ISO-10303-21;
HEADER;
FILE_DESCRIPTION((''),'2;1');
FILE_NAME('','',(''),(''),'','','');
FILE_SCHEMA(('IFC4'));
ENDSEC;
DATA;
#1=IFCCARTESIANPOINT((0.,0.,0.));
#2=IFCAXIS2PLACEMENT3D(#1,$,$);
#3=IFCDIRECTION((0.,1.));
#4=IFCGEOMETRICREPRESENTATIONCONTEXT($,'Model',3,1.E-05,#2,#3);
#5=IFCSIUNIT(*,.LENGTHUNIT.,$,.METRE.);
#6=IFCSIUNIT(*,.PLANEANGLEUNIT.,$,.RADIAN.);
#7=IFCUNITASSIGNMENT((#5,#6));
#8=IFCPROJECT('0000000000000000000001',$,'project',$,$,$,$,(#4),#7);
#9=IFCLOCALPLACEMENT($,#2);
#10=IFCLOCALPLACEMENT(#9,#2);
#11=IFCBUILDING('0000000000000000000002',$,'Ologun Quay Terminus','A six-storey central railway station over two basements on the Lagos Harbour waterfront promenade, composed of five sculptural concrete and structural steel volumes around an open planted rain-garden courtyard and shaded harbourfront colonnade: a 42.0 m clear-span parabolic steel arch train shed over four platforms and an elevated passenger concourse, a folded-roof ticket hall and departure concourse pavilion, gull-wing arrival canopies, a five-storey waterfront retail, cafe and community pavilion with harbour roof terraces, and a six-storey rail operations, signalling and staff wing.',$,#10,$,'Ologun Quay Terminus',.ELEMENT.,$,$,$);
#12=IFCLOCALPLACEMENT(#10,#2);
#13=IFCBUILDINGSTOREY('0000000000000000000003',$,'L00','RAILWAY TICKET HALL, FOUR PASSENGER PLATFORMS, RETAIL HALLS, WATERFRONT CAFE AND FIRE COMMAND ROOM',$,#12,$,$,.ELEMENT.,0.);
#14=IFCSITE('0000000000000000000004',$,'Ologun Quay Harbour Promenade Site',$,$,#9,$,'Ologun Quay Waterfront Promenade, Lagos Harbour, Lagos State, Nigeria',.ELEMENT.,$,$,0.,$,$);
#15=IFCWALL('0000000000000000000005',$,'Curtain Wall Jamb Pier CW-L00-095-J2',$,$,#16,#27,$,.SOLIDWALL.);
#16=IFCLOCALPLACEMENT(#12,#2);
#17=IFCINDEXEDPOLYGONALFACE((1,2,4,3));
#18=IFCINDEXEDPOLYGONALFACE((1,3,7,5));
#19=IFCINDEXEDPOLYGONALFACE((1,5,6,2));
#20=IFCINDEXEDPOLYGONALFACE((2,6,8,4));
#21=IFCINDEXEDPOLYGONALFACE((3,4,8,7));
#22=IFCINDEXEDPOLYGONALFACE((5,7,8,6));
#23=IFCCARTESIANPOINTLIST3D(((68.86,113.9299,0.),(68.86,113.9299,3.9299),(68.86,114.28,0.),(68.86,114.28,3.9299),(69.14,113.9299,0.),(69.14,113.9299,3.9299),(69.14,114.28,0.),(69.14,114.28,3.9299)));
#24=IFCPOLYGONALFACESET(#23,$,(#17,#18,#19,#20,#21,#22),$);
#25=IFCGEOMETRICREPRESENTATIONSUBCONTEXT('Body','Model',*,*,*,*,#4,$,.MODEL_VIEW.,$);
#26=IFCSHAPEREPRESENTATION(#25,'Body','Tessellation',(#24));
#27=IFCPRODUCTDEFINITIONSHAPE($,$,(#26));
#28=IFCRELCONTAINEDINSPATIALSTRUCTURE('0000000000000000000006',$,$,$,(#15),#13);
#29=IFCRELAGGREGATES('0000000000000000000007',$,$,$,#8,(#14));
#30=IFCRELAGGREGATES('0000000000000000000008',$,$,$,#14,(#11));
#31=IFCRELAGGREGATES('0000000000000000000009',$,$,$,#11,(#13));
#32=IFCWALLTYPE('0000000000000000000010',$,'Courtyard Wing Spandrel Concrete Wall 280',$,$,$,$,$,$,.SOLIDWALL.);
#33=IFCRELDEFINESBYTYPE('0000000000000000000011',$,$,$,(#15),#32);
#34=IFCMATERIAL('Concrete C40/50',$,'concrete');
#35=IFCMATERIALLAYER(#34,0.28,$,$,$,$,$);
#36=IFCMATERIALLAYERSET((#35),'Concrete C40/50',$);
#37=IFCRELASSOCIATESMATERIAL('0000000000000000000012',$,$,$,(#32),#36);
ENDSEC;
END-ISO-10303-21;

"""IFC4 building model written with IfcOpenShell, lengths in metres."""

from ifc_helpers import new_model, si_unit, direction, frame, frame_2d, origin, place, context, subcontext, project, spatial, rectangle, extrude, material, layer, layer_set, type_object, element, save


model = new_model("IFC4")

# Units and contexts
model_context = context("Model", 3, precision=1e-05, world=origin(), true_north=direction((0.0, 1.0)))
body_context = subcontext(model_context, "Body", "Model", "MODEL_VIEW")
ifc_project = project(units=[si_unit("LENGTHUNIT", "METRE"), si_unit("PLANEANGLEUNIT", "RADIAN")], contexts=[model_context])

# Site, building, storey
site_placement = place(None, origin())
site = spatial("IfcSite", under=ifc_project, at=site_placement, Name="Ologun Quay Harbour Promenade Site", LongName="Ologun Quay Waterfront Promenade, Lagos Harbour, Lagos State, Nigeria", CompositionType="ELEMENT", RefElevation=0.0)
building_placement = place(site_placement, origin())
building = spatial("IfcBuilding", under=site, at=building_placement, Name="Ologun Quay Terminus", Description="A six-storey central railway station over two basements on the Lagos Harbour waterfront promenade, composed of five sculptural concrete and structural steel volumes around an open planted rain-garden courtyard and shaded harbourfront colonnade: a 42.0 m clear-span parabolic steel arch train shed over four platforms and an elevated passenger concourse, a folded-roof ticket hall and departure concourse pavilion, gull-wing arrival canopies, a five-storey waterfront retail, cafe and community pavilion with harbour roof terraces, and a six-storey rail operations, signalling and staff wing.", LongName="Ologun Quay Terminus", CompositionType="ELEMENT")
storey_placement = place(building_placement, origin())
storey = spatial("IfcBuildingStorey", under=building, at=storey_placement, Name="L00", Description="RAILWAY TICKET HALL, FOUR PASSENGER PLATFORMS, RETAIL HALLS, WATERFRONT CAFE AND FIRE COMMAND ROOM", CompositionType="ELEMENT", Elevation=0.0)

# Wall
ifc_material_1 = material(Name="Concrete C40/50", Category="concrete")
ifc_layer_1 = layer(ifc_material_1, 0.28)
ifc_layer_set_1 = layer_set([ifc_layer_1], Name="Concrete C40/50")
wall_type_1 = type_object("IfcWallType", Name="Courtyard Wing Spandrel Concrete Wall 280", PredefinedType="SOLIDWALL", material=ifc_layer_set_1)
wall_1_placement = place(storey_placement, frame((69.0, 113.9299, 0.0), z_axis=(0.0, 0.0, 1.0), x_axis=(0.0, 1.0, 0.0)))
element("IfcWall", 1, at=wall_1_placement, inside=storey, type_object=wall_type_1, Name="Curtain Wall Jamb Pier CW-L00-095-J2", PredefinedType="SOLIDWALL", context=body_context, shape_type="SweptSolid", body=[
    extrude(rectangle(XDim=0.3501, YDim=0.28, at=frame_2d((0.175, 0.0))), origin(), (0.0, 0.0, 1.0), 3.9299),
])

save(model, "model.ifc")
